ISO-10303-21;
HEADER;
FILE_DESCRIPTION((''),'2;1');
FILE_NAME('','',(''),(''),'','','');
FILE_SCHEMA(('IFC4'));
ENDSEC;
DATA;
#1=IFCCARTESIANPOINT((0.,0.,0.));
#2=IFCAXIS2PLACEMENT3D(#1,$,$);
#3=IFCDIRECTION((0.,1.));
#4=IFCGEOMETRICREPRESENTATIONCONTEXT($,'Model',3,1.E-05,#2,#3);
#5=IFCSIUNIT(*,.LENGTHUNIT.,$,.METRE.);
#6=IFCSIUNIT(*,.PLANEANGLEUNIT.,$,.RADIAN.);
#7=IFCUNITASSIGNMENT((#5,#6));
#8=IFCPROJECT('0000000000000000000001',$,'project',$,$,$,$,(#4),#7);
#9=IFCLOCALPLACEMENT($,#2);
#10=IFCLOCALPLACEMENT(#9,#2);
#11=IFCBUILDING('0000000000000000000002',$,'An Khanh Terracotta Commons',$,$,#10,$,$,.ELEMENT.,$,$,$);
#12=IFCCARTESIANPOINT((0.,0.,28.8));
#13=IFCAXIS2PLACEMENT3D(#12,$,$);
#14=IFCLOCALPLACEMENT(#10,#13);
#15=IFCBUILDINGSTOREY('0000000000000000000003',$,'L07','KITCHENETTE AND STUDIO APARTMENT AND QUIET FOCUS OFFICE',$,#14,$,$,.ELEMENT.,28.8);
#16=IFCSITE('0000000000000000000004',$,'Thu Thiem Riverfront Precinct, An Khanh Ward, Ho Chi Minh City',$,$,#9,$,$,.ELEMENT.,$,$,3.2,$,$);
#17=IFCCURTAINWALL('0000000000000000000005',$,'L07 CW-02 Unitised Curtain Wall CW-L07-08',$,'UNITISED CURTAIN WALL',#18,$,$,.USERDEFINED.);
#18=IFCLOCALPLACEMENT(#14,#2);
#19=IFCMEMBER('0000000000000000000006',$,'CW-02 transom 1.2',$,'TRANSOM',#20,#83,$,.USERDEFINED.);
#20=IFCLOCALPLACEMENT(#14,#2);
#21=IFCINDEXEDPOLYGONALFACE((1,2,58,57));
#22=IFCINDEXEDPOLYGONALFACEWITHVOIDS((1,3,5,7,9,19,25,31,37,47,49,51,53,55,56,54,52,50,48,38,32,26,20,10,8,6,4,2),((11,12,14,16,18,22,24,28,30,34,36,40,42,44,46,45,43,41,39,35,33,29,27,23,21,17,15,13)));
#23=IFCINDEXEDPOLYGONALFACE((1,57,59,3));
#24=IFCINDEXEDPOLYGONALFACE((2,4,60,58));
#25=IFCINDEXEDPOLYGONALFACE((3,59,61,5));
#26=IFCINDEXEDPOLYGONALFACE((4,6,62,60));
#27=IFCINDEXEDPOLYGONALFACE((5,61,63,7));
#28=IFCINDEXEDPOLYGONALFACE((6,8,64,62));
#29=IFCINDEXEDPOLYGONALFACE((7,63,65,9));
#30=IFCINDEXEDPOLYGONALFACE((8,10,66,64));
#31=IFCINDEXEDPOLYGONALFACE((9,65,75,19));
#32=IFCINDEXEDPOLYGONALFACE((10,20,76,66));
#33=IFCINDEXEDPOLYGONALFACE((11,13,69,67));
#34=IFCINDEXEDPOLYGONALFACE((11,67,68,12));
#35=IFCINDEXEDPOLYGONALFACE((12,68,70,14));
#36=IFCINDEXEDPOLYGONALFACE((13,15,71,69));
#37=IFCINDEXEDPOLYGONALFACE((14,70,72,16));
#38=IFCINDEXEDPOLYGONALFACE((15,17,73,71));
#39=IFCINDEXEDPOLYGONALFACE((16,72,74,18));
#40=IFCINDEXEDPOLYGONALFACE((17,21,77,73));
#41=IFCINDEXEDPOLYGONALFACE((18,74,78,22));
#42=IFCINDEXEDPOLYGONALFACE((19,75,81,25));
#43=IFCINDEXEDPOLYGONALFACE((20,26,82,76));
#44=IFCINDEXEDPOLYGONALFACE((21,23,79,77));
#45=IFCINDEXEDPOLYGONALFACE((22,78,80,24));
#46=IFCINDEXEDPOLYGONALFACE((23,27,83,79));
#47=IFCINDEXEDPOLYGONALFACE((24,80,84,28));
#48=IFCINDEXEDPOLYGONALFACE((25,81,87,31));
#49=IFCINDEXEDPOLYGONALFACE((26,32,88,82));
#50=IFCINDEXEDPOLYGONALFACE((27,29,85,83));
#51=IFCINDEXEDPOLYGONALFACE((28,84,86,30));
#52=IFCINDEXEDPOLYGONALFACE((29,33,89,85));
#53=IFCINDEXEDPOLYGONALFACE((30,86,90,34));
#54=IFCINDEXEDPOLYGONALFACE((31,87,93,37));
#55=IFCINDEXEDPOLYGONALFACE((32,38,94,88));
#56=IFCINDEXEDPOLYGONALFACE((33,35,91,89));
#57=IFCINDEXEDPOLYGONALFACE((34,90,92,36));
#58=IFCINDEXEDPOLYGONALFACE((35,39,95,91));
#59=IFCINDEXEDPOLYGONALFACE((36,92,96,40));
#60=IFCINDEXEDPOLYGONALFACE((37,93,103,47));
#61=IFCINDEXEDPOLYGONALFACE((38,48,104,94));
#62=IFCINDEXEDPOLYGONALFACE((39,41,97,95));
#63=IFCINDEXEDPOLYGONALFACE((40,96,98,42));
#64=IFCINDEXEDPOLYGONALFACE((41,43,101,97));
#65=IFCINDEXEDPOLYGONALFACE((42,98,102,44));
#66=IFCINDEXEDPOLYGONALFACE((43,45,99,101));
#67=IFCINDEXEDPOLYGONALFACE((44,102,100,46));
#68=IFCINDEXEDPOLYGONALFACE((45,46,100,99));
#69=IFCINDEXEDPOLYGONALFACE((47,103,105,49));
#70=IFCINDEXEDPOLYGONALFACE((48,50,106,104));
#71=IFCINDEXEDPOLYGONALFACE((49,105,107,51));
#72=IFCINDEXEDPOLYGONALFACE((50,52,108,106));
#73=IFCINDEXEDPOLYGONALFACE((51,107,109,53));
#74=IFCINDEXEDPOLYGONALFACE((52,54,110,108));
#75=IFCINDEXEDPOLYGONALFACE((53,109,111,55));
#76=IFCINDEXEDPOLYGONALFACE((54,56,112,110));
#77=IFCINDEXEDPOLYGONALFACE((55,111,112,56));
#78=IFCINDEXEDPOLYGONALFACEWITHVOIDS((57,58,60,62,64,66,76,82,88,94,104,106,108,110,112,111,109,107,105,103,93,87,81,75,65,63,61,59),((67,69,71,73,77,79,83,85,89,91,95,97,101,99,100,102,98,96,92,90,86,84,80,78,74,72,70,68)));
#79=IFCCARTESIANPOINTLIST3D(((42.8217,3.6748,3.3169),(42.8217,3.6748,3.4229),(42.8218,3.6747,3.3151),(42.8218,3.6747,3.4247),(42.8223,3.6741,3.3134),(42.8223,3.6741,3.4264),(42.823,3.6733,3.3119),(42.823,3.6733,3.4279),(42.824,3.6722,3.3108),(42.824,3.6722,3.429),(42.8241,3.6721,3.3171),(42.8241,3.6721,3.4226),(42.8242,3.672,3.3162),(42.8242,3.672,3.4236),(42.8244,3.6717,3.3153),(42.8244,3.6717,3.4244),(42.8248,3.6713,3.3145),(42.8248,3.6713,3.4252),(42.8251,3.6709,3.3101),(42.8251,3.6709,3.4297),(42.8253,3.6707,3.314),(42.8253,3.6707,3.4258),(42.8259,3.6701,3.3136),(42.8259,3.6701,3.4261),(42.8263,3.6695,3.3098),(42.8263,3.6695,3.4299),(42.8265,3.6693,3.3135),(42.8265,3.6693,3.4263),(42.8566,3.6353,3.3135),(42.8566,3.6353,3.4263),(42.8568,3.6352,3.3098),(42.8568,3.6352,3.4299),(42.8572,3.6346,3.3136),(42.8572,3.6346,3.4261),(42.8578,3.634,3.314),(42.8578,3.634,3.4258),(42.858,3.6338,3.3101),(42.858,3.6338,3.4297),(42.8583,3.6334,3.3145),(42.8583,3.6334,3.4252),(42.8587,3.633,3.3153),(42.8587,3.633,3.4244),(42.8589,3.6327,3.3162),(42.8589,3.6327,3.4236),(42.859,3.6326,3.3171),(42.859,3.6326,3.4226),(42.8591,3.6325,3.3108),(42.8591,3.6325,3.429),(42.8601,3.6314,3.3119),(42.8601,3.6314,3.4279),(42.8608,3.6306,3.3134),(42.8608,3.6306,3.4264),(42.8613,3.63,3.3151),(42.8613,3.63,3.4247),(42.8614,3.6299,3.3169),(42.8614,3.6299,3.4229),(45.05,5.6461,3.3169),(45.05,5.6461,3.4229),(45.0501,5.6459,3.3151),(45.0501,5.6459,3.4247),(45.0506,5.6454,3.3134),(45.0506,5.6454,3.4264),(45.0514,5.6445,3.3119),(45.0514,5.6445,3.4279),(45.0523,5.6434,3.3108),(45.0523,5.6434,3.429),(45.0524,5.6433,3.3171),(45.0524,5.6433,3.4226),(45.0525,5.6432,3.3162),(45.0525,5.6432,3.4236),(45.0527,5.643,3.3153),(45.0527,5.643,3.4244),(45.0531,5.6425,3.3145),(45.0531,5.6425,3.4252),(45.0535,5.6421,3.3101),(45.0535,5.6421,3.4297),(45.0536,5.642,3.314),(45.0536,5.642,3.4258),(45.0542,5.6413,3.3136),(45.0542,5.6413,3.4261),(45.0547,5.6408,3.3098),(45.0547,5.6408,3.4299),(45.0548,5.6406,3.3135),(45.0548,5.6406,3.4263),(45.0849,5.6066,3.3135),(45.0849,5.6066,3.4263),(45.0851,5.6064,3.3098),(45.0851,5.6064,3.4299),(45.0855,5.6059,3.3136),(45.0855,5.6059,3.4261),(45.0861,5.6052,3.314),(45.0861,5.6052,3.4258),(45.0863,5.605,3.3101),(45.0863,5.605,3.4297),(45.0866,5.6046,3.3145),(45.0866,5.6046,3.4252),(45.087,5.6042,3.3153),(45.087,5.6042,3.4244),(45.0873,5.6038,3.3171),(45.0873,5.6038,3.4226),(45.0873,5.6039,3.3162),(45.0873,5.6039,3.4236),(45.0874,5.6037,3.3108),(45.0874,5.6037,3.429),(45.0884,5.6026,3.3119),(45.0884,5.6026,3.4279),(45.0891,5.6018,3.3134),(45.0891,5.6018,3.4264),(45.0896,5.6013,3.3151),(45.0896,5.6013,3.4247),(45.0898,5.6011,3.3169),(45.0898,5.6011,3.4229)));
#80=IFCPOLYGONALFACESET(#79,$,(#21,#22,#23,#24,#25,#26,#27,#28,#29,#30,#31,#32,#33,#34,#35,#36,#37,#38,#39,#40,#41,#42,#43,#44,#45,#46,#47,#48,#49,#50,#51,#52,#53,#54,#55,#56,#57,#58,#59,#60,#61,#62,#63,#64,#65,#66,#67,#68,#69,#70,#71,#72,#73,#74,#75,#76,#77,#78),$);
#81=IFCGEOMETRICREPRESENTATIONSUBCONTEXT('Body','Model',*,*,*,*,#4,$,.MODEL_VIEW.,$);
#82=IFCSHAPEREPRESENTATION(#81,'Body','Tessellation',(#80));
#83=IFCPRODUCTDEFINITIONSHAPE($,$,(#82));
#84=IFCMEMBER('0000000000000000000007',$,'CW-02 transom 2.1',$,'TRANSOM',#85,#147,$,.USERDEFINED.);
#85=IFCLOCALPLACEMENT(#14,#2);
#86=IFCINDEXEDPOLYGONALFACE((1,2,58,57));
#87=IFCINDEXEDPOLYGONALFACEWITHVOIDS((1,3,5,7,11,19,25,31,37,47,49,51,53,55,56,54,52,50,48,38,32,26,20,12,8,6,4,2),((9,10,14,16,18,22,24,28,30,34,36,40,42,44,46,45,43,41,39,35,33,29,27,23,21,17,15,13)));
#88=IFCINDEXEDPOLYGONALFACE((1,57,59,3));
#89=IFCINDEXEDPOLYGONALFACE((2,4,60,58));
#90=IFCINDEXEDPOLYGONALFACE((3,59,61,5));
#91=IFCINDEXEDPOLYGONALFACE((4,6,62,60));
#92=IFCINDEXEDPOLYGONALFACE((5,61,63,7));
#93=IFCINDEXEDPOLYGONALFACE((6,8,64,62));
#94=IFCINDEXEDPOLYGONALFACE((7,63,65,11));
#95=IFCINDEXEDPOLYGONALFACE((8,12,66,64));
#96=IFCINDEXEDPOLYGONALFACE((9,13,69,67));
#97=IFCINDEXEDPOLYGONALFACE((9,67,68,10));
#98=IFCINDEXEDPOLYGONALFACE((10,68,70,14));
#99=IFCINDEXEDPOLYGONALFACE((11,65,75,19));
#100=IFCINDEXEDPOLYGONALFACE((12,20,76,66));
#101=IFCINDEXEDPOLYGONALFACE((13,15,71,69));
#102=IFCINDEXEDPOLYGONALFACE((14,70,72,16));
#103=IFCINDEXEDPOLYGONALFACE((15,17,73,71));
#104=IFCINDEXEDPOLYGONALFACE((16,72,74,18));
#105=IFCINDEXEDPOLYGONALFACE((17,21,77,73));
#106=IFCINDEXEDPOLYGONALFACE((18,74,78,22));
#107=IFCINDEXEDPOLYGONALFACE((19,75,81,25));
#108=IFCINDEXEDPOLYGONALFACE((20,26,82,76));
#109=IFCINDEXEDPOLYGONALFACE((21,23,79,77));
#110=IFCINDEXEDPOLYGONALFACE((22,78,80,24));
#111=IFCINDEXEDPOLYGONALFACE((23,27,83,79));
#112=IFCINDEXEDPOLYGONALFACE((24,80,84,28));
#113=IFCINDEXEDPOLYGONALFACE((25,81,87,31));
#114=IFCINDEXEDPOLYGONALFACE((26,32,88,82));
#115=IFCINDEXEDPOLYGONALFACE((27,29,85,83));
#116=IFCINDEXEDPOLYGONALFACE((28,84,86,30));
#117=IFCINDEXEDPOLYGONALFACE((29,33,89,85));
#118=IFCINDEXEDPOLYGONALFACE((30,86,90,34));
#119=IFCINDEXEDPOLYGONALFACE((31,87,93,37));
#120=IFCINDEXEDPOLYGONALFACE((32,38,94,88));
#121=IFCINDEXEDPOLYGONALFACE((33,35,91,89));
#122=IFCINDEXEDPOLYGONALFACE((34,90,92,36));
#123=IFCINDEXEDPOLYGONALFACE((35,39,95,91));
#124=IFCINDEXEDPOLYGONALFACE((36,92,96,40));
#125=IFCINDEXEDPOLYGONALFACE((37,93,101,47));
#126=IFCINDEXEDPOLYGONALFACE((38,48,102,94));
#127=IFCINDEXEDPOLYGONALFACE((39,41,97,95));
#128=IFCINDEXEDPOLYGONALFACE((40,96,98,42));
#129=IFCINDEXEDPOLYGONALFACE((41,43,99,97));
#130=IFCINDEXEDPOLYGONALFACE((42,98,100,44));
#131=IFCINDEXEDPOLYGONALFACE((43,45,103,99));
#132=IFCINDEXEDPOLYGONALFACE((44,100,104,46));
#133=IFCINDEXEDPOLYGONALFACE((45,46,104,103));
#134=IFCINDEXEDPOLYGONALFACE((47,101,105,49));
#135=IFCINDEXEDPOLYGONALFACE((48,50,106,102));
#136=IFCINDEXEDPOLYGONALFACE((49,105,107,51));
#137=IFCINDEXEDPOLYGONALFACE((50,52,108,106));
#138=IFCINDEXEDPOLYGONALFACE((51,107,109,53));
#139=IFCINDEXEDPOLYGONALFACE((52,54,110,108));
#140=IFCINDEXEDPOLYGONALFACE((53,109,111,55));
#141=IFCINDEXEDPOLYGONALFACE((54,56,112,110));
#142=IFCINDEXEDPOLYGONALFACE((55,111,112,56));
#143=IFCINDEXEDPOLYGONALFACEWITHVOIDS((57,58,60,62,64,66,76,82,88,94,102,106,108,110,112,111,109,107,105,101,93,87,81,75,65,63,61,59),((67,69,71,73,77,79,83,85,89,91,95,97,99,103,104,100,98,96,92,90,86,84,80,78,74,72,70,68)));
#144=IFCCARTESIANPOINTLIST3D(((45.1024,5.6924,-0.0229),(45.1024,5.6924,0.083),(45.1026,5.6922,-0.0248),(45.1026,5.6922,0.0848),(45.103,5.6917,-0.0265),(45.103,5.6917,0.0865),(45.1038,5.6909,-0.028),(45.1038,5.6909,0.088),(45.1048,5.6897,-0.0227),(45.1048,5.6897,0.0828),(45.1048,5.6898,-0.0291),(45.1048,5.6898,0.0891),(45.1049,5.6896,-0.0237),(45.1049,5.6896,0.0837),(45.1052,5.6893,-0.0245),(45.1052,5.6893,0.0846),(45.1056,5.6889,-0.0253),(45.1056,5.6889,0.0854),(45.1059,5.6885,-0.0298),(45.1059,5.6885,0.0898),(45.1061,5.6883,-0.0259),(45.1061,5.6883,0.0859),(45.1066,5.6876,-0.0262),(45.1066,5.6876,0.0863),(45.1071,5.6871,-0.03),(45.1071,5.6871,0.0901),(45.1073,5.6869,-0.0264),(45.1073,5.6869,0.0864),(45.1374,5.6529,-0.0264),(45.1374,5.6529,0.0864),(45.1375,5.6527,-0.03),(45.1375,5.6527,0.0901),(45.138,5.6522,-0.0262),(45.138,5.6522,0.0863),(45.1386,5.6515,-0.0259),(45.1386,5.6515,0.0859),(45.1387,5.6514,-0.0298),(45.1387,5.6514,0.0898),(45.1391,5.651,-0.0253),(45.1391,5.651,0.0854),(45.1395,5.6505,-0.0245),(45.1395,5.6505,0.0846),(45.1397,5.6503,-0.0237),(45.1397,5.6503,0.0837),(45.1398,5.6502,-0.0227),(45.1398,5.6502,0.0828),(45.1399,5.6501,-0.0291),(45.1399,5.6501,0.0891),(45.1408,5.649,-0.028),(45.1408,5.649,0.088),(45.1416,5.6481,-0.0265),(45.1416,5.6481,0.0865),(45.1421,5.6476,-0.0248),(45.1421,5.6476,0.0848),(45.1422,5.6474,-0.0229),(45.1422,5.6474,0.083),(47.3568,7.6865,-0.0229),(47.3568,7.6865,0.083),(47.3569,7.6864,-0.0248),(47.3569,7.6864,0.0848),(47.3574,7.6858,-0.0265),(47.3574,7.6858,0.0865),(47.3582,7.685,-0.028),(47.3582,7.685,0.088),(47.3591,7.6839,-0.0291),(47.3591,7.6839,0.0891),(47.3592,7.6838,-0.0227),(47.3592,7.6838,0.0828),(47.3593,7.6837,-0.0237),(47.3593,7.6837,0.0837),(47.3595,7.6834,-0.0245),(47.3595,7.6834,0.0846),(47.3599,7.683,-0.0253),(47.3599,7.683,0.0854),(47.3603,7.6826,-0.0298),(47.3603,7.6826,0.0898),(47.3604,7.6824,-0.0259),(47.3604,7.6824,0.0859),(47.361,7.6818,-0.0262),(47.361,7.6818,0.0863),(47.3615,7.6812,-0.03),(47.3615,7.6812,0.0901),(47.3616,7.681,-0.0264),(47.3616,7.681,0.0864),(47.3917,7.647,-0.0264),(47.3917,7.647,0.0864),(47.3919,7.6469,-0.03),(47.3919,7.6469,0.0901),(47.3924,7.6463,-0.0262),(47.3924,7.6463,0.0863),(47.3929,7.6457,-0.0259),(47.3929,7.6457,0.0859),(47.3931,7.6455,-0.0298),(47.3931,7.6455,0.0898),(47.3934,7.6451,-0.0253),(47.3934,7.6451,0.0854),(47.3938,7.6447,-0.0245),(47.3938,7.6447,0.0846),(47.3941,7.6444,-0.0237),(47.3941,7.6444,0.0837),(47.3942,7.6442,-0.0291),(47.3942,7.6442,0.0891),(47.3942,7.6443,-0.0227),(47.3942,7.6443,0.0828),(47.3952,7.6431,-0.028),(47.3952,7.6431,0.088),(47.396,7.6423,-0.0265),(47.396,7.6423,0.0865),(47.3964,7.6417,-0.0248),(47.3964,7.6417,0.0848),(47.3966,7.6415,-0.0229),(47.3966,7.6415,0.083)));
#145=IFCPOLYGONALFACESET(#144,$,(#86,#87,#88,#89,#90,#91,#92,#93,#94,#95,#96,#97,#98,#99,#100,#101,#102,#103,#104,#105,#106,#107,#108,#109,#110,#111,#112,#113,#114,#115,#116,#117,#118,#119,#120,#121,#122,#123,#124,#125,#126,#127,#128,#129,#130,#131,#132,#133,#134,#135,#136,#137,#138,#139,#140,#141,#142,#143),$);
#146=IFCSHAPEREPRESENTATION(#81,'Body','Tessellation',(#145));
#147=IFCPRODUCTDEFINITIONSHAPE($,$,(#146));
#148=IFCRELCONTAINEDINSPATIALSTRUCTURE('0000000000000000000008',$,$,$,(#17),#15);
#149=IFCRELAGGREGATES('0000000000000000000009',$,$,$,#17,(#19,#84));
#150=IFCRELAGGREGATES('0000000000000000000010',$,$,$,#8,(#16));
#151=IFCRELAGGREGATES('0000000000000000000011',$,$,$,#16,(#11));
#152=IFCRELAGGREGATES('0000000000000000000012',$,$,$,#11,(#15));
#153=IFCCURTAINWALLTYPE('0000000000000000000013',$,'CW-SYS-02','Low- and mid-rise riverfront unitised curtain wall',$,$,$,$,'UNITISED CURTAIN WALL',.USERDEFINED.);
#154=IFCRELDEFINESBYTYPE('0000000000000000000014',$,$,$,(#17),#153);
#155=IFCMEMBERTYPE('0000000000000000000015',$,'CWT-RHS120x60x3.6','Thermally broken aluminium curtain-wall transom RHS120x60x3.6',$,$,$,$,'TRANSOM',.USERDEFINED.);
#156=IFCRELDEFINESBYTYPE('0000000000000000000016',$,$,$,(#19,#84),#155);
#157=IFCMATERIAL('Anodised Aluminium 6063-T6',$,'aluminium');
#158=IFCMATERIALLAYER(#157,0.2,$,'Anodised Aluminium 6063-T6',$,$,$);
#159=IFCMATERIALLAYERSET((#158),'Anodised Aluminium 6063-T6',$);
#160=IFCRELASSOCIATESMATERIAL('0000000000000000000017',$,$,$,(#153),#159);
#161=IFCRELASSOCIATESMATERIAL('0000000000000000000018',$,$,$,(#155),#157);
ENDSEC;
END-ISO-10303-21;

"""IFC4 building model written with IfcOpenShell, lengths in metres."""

from ifc_helpers import new_model, si_unit, direction, frame, origin, origin_2d, place, context, subcontext, project, spatial, hollow_rectangle, extrude, material, layer, layer_set, material_profile, profile_set, type_object, element, aggregate, save


model = new_model("IFC4")

# Units and contexts
model_context = context("Model", 3, precision=1e-05, world=origin(), true_north=direction((0.0, 1.0)))
body_context = subcontext(model_context, "Body", "Model", "MODEL_VIEW")
ifc_project = project(units=[si_unit("LENGTHUNIT", "METRE"), si_unit("PLANEANGLEUNIT", "RADIAN")], contexts=[model_context])

# Site, building, storey
site_placement = place(None, origin())
site = spatial("IfcSite", under=ifc_project, at=site_placement, Name="Thu Thiem Riverfront Precinct, An Khanh Ward, Ho Chi Minh City", CompositionType="ELEMENT", RefElevation=3.2)
building_placement = place(site_placement, origin())
building = spatial("IfcBuilding", under=site, at=building_placement, Name="An Khanh Terracotta Commons", CompositionType="ELEMENT")
storey_placement = place(building_placement, frame((0.0, 0.0, 28.8)))
storey = spatial("IfcBuildingStorey", under=building, at=storey_placement, Name="L07", Description="KITCHENETTE AND STUDIO APARTMENT AND QUIET FOCUS OFFICE", CompositionType="ELEMENT", Elevation=28.8)

# Curtain wall
ifc_material_1 = material(Name="Anodised Aluminium 6063-T6", Category="aluminium")
ifc_layer_1 = layer(ifc_material_1, 0.2, Name="Anodised Aluminium 6063-T6")
ifc_layer_set_1 = layer_set([ifc_layer_1], Name="Anodised Aluminium 6063-T6")
curtain_wall_type = type_object("IfcCurtainWallType", Name="CW-SYS-02", Description="Low- and mid-rise riverfront unitised curtain wall", ElementType="UNITISED CURTAIN WALL", PredefinedType="USERDEFINED", material=ifc_layer_set_1)
curtain_wall_1_placement = place(storey_placement, origin())
curtain_wall_1 = element("IfcCurtainWall", 1, at=curtain_wall_1_placement, inside=storey, type_object=curtain_wall_type, Name="L07 CW-02 Unitised Curtain Wall CW-L07-08", ObjectType="UNITISED CURTAIN WALL", PredefinedType="USERDEFINED")

# Members
ifc_material_profile_1 = material_profile(ifc_material_1, hollow_rectangle(XDim=0.0601, YDim=0.1201, WallThickness=0.0037, InnerFilletRadius=0.0037, OuterFilletRadius=0.0071, at=origin_2d()), Name="RHS120x60x3.6")
ifc_profile_set_1 = profile_set([ifc_material_profile_1], Name="Anodised Aluminium 6063-T6")
member_type_1 = type_object("IfcMemberType", Name="CWT-RHS120x60x3.6", Description="Thermally broken aluminium curtain-wall transom RHS120x60x3.6", ElementType="TRANSOM", PredefinedType="USERDEFINED", material=ifc_profile_set_1)
member_1_placement = place(storey_placement, frame((42.8416, 3.6523, 3.3699), z_axis=(0.748992, 0.662579, 0.0), x_axis=(-0.662579, 0.748992, 0.0)))
member_1 = element("IfcMember", 2, at=member_1_placement, type_object=member_type_1, Name="CW-02 transom 1.2", ObjectType="TRANSOM", PredefinedType="USERDEFINED", context=body_context, shape_type="SweptSolid", body=[
    extrude(hollow_rectangle(XDim=0.0601, YDim=0.1201, WallThickness=0.0037, InnerFilletRadius=0.0037, OuterFilletRadius=0.0071, at=origin_2d()), origin(), (0.0, 0.0, 1.0), 2.9751),
])
member_2_placement = place(storey_placement, frame((45.1223, 5.6699, 0.03), z_axis=(0.749018, 0.662549, 0.0), x_axis=(-0.662549, 0.749018, 0.0)))
member_2 = element("IfcMember", 3, at=member_2_placement, type_object=member_type_1, Name="CW-02 transom 2.1", ObjectType="TRANSOM", PredefinedType="USERDEFINED", context=body_context, shape_type="SweptSolid", body=[
    extrude(hollow_rectangle(XDim=0.0601, YDim=0.1201, WallThickness=0.0037, InnerFilletRadius=0.0037, OuterFilletRadius=0.0071, at=origin_2d()), origin(), (0.0, 0.0, 1.0), 3.0098),
])

aggregate(curtain_wall_1, [member_1, member_2])

save(model, "model.ifc")
